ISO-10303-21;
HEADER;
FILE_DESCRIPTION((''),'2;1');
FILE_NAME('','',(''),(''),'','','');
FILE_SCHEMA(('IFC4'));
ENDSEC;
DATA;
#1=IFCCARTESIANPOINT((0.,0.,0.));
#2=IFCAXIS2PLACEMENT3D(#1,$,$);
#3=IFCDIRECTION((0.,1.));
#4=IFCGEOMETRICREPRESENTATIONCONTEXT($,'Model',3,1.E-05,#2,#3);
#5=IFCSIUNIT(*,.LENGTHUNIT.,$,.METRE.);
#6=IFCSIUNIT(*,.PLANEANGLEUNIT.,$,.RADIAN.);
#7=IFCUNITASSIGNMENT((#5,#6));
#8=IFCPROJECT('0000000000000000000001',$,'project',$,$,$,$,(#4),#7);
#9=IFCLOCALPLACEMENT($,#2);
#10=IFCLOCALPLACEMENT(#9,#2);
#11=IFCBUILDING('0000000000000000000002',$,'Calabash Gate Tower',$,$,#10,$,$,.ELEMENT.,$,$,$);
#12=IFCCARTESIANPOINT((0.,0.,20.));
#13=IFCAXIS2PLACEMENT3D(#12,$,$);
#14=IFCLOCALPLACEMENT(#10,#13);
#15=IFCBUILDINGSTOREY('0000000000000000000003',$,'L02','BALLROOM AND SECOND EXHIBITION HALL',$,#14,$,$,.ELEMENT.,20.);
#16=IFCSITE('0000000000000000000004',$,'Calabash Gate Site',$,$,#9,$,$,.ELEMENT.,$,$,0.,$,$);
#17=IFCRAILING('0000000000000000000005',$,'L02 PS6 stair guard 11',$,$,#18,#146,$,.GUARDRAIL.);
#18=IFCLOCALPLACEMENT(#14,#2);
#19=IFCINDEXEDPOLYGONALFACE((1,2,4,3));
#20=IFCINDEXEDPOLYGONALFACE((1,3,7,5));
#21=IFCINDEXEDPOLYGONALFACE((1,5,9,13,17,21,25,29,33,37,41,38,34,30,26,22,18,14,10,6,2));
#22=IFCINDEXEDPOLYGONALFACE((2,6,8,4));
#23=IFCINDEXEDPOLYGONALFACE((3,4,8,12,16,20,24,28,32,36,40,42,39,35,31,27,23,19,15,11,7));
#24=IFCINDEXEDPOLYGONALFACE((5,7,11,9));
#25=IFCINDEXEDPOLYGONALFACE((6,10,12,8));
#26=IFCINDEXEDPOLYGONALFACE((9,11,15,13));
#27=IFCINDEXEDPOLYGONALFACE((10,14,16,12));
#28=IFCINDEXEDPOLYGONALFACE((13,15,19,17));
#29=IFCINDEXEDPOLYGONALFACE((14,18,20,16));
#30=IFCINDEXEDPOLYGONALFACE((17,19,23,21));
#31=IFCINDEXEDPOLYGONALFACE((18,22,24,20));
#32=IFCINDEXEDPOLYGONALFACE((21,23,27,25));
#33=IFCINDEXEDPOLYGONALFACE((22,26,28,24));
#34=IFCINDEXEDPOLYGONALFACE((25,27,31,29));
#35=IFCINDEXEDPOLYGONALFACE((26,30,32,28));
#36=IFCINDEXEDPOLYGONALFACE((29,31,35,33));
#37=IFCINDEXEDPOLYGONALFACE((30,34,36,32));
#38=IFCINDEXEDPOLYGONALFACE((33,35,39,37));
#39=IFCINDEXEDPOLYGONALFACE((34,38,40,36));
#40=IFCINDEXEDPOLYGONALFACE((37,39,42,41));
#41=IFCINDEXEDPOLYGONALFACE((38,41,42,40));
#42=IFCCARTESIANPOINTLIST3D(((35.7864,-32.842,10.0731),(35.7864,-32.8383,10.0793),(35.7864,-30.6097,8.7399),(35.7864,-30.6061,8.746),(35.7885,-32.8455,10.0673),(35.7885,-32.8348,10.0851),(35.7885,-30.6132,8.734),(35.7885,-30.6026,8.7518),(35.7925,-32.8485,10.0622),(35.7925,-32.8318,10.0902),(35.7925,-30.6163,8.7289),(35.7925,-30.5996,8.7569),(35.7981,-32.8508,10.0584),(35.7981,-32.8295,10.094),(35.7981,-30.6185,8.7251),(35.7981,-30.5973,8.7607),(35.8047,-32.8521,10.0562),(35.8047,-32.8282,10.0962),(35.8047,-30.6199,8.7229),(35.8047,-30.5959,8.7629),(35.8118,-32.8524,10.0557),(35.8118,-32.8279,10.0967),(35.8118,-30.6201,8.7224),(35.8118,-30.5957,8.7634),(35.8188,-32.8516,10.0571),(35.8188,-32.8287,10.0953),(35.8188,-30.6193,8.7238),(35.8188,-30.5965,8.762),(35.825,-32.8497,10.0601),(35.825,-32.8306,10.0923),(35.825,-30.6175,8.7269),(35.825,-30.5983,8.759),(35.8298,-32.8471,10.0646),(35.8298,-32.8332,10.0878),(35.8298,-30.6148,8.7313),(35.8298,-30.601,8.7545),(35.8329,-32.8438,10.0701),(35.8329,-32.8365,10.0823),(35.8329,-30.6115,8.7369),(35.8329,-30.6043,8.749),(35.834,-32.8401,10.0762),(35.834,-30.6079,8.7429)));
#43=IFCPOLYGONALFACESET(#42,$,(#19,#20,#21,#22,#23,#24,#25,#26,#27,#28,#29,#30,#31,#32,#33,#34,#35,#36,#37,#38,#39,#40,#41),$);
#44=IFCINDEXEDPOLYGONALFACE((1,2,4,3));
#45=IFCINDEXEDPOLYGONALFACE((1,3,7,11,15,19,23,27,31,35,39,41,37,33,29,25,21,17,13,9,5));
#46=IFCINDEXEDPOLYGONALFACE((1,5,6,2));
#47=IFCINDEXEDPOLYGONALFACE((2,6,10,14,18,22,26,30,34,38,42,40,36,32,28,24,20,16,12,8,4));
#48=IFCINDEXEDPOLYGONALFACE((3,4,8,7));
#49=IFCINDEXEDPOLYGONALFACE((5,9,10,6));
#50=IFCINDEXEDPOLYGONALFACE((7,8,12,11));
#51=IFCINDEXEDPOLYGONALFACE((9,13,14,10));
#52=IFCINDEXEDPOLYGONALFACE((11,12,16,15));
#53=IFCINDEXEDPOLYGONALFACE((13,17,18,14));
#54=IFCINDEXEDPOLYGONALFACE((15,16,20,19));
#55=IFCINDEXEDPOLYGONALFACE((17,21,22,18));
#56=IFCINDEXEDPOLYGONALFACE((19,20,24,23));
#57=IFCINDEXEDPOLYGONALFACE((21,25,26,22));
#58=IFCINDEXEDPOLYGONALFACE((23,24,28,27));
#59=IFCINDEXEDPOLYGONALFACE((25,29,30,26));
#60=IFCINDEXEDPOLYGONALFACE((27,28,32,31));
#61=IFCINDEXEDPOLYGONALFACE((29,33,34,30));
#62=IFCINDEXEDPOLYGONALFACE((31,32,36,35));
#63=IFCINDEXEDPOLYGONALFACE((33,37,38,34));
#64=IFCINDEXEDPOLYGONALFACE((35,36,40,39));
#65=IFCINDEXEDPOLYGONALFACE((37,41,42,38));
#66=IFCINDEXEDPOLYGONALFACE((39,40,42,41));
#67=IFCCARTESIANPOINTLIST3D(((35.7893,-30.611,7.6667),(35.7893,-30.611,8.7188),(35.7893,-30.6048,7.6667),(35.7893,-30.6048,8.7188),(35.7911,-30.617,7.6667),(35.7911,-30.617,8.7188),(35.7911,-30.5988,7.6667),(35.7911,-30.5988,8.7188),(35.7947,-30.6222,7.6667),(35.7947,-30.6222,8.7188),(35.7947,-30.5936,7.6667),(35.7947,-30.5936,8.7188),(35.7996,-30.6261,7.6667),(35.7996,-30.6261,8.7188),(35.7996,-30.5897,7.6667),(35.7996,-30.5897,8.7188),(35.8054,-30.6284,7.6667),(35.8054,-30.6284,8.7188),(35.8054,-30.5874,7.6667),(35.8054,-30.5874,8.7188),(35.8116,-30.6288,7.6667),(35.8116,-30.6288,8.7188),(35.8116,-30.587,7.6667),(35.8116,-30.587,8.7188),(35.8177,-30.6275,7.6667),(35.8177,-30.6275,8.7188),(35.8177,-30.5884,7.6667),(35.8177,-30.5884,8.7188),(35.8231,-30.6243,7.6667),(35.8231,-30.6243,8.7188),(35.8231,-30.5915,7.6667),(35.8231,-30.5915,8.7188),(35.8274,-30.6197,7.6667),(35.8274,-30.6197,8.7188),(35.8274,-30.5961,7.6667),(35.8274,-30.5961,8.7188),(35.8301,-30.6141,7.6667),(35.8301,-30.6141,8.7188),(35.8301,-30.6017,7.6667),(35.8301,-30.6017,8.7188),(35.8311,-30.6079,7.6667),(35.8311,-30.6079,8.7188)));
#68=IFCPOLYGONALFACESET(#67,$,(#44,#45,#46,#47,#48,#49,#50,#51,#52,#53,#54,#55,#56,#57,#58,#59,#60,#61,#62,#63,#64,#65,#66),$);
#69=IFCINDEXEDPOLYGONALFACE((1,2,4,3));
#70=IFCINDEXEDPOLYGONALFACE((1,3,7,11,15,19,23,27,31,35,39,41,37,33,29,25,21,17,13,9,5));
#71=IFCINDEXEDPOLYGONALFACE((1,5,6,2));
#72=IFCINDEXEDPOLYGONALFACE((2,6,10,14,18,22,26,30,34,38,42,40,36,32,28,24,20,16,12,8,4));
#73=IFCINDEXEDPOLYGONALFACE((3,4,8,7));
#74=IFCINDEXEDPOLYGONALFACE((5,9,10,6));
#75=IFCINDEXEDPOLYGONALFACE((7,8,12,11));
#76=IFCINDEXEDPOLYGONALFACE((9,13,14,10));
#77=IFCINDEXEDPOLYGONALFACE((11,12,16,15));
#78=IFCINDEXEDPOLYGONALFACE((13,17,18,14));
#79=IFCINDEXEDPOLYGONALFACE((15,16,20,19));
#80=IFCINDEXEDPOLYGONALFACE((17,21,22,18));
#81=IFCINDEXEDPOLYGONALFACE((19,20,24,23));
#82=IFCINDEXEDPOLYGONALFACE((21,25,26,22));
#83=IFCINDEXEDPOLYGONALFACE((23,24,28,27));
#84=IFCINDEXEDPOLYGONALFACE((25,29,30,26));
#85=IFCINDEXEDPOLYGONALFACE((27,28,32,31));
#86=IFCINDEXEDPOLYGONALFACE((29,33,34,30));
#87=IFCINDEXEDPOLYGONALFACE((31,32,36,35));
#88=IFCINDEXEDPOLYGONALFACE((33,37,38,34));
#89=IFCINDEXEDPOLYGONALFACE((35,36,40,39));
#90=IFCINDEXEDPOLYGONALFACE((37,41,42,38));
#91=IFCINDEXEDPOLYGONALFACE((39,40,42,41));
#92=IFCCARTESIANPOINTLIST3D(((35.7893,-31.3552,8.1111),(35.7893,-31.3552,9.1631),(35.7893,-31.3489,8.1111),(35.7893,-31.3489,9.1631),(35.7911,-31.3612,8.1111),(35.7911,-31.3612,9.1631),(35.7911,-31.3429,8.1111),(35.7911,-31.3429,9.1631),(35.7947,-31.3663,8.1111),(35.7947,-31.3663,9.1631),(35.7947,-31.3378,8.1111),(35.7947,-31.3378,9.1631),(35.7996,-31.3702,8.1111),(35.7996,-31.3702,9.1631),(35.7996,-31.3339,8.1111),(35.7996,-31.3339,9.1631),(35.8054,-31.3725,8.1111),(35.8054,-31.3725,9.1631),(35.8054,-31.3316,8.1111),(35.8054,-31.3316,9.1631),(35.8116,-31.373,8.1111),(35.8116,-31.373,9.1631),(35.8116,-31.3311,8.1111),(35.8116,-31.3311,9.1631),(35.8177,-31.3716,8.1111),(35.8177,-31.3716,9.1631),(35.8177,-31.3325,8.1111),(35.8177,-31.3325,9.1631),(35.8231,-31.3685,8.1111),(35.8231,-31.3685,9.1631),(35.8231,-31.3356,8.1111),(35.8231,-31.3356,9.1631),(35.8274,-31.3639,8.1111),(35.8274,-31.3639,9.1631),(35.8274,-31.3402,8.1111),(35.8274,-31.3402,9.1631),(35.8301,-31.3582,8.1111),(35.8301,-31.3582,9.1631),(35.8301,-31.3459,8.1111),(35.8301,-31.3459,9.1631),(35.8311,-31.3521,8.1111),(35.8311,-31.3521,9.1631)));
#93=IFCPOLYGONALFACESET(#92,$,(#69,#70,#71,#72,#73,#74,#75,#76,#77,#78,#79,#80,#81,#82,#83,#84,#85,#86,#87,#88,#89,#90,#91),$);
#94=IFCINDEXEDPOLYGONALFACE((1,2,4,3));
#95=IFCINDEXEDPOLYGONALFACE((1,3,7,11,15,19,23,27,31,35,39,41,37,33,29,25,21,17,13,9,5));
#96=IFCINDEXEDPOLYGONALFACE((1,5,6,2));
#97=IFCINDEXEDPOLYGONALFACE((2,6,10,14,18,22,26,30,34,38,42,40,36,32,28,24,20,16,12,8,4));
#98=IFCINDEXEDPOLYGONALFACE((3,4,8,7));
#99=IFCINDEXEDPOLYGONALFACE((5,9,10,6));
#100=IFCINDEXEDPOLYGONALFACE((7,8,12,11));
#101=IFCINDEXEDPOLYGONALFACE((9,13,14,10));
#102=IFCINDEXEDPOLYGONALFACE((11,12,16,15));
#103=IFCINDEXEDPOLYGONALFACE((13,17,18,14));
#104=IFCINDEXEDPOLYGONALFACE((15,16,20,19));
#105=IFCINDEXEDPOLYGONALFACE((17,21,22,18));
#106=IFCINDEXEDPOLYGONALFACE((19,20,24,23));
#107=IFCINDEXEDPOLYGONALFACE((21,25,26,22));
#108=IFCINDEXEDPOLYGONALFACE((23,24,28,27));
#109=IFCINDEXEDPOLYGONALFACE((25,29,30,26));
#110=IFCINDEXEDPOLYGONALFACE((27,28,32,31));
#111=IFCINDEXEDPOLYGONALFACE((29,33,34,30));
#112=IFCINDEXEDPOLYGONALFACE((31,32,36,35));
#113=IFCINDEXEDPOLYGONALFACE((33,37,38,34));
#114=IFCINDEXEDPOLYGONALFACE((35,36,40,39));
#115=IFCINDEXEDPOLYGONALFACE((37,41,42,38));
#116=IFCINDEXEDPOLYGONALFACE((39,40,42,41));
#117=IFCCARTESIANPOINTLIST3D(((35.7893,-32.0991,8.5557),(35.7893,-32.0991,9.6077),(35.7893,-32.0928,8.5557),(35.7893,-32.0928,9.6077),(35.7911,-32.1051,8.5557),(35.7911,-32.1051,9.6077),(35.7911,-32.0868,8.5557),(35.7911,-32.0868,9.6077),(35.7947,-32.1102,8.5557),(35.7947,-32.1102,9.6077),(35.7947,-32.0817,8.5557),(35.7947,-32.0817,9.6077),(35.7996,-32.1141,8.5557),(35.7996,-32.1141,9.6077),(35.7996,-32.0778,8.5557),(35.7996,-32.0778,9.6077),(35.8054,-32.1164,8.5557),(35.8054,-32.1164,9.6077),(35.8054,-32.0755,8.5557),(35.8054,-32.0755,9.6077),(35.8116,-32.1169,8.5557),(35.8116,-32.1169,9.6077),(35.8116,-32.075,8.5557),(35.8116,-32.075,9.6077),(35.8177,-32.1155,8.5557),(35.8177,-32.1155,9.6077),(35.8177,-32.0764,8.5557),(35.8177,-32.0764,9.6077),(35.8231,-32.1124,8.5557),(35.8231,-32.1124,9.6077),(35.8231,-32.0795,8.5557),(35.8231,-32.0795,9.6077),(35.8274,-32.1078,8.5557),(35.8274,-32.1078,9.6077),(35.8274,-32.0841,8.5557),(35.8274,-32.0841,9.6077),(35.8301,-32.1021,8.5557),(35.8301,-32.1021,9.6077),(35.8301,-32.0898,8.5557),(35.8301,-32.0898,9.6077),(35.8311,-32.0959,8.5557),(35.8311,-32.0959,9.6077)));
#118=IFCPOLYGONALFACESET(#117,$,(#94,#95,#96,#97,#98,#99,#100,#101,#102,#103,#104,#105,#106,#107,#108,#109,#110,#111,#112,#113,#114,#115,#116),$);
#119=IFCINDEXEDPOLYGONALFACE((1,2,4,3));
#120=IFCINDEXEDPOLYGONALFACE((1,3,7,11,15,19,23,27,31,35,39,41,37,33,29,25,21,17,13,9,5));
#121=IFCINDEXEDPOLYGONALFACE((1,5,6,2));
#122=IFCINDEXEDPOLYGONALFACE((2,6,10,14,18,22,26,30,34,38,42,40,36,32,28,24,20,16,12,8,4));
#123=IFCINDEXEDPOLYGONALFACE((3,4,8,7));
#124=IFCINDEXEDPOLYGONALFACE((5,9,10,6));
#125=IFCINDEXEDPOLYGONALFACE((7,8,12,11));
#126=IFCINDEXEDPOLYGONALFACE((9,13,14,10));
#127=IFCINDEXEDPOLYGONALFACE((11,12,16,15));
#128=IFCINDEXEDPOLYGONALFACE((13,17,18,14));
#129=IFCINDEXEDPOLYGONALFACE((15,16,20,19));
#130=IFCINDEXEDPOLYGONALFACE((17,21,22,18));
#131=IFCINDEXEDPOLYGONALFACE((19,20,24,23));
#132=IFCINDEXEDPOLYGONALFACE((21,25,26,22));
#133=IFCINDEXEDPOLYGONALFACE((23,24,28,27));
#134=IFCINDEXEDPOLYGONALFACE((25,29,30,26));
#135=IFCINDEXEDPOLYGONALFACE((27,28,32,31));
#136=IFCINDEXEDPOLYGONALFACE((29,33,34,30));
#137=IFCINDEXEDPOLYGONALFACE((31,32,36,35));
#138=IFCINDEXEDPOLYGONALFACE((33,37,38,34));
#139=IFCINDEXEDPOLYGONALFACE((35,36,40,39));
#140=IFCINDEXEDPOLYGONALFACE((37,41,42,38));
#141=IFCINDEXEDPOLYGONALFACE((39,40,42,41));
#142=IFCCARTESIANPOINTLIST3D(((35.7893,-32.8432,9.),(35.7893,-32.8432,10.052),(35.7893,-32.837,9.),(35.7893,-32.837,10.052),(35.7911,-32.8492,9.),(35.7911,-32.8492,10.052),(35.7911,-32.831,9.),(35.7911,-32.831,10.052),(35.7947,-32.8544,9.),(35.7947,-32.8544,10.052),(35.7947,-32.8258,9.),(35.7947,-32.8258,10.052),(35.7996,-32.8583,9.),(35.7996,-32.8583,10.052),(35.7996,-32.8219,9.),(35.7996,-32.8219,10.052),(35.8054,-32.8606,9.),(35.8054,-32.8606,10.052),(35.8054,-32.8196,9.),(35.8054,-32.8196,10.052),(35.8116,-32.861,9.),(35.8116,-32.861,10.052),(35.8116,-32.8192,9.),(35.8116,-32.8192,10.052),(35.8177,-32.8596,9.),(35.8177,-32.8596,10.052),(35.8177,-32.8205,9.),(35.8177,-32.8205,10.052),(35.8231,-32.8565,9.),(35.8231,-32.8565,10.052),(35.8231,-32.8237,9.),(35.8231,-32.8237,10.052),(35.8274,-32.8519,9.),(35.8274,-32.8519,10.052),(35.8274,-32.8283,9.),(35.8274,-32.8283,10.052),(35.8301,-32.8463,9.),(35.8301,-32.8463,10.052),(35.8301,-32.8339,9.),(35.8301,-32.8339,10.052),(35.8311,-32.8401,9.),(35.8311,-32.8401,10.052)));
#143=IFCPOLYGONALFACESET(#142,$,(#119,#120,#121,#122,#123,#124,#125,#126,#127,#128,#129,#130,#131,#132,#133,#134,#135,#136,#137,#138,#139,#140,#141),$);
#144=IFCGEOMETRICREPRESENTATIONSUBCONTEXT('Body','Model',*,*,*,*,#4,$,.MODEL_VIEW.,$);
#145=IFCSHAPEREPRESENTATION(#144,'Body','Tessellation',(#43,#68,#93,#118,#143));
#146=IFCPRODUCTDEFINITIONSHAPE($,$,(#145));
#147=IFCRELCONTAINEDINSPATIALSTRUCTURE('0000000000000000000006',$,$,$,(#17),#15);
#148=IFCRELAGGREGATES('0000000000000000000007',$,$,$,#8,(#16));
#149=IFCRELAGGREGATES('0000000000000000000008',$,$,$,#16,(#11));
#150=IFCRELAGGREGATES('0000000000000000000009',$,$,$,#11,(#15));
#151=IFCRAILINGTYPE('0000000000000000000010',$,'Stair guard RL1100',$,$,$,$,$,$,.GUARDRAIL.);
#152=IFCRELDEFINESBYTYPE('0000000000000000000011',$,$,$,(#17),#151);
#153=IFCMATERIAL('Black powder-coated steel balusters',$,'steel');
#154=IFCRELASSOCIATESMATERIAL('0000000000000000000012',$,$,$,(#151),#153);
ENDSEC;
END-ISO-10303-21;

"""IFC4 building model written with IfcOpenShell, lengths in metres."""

from ifc_helpers import new_model, si_unit, direction, frame, origin, origin_2d, place, context, subcontext, project, spatial, circle, extrude, material, type_object, element, save


model = new_model("IFC4")

# Units and contexts
model_context = context("Model", 3, precision=1e-05, world=origin(), true_north=direction((0.0, 1.0)))
body_context = subcontext(model_context, "Body", "Model", "MODEL_VIEW")
ifc_project = project(units=[si_unit("LENGTHUNIT", "METRE"), si_unit("PLANEANGLEUNIT", "RADIAN")], contexts=[model_context])

# Site, building, storey
site_placement = place(None, origin())
site = spatial("IfcSite", under=ifc_project, at=site_placement, Name="Calabash Gate Site", CompositionType="ELEMENT", RefElevation=0.0)
building_placement = place(site_placement, origin())
building = spatial("IfcBuilding", under=site, at=building_placement, Name="Calabash Gate Tower", CompositionType="ELEMENT")
storey_placement = place(building_placement, frame((0.0, 0.0, 20.0)))
storey = spatial("IfcBuildingStorey", under=building, at=storey_placement, Name="L02", Description="BALLROOM AND SECOND EXHIBITION HALL", CompositionType="ELEMENT", Elevation=20.0)

# Railing
ifc_material_1 = material(Name="Black powder-coated steel balusters", Category="steel")
railing_type_1 = type_object("IfcRailingType", Name="Stair guard RL1100", PredefinedType="GUARDRAIL", material=ifc_material_1)
railing_1_placement = place(storey_placement, frame((35.8101, -30.6079, 7.6667)))
element("IfcRailing", 1, at=railing_1_placement, inside=storey, type_object=railing_type_1, Name="L02 PS6 stair guard 11", PredefinedType="GUARDRAIL", context=body_context, shape_type="SweptSolid", body=[
    extrude(circle(Radius=0.0239, at=origin_2d()), frame((0.0, 0.0, 1.0762), z_axis=(0.0, -0.858519, 0.512782), x_axis=(1.0, 0.0, 0.0)), (0.0, 0.0, 1.0), 2.6001),
    extrude(circle(Radius=0.021, at=origin_2d()), origin(), (0.0, 0.0, 1.0), 1.052),
    extrude(circle(Radius=0.021, at=origin_2d()), frame((0.0, -0.7441, 0.4443)), (0.0, 0.0, 1.0), 1.052),
    extrude(circle(Radius=0.021, at=origin_2d()), frame((0.0, -1.488, 0.8889)), (0.0, 0.0, 1.0), 1.052),
    extrude(circle(Radius=0.021, at=origin_2d()), frame((0.0, -2.2322, 1.3333)), (0.0, 0.0, 1.0), 1.052),
])

save(model, "model.ifc")
